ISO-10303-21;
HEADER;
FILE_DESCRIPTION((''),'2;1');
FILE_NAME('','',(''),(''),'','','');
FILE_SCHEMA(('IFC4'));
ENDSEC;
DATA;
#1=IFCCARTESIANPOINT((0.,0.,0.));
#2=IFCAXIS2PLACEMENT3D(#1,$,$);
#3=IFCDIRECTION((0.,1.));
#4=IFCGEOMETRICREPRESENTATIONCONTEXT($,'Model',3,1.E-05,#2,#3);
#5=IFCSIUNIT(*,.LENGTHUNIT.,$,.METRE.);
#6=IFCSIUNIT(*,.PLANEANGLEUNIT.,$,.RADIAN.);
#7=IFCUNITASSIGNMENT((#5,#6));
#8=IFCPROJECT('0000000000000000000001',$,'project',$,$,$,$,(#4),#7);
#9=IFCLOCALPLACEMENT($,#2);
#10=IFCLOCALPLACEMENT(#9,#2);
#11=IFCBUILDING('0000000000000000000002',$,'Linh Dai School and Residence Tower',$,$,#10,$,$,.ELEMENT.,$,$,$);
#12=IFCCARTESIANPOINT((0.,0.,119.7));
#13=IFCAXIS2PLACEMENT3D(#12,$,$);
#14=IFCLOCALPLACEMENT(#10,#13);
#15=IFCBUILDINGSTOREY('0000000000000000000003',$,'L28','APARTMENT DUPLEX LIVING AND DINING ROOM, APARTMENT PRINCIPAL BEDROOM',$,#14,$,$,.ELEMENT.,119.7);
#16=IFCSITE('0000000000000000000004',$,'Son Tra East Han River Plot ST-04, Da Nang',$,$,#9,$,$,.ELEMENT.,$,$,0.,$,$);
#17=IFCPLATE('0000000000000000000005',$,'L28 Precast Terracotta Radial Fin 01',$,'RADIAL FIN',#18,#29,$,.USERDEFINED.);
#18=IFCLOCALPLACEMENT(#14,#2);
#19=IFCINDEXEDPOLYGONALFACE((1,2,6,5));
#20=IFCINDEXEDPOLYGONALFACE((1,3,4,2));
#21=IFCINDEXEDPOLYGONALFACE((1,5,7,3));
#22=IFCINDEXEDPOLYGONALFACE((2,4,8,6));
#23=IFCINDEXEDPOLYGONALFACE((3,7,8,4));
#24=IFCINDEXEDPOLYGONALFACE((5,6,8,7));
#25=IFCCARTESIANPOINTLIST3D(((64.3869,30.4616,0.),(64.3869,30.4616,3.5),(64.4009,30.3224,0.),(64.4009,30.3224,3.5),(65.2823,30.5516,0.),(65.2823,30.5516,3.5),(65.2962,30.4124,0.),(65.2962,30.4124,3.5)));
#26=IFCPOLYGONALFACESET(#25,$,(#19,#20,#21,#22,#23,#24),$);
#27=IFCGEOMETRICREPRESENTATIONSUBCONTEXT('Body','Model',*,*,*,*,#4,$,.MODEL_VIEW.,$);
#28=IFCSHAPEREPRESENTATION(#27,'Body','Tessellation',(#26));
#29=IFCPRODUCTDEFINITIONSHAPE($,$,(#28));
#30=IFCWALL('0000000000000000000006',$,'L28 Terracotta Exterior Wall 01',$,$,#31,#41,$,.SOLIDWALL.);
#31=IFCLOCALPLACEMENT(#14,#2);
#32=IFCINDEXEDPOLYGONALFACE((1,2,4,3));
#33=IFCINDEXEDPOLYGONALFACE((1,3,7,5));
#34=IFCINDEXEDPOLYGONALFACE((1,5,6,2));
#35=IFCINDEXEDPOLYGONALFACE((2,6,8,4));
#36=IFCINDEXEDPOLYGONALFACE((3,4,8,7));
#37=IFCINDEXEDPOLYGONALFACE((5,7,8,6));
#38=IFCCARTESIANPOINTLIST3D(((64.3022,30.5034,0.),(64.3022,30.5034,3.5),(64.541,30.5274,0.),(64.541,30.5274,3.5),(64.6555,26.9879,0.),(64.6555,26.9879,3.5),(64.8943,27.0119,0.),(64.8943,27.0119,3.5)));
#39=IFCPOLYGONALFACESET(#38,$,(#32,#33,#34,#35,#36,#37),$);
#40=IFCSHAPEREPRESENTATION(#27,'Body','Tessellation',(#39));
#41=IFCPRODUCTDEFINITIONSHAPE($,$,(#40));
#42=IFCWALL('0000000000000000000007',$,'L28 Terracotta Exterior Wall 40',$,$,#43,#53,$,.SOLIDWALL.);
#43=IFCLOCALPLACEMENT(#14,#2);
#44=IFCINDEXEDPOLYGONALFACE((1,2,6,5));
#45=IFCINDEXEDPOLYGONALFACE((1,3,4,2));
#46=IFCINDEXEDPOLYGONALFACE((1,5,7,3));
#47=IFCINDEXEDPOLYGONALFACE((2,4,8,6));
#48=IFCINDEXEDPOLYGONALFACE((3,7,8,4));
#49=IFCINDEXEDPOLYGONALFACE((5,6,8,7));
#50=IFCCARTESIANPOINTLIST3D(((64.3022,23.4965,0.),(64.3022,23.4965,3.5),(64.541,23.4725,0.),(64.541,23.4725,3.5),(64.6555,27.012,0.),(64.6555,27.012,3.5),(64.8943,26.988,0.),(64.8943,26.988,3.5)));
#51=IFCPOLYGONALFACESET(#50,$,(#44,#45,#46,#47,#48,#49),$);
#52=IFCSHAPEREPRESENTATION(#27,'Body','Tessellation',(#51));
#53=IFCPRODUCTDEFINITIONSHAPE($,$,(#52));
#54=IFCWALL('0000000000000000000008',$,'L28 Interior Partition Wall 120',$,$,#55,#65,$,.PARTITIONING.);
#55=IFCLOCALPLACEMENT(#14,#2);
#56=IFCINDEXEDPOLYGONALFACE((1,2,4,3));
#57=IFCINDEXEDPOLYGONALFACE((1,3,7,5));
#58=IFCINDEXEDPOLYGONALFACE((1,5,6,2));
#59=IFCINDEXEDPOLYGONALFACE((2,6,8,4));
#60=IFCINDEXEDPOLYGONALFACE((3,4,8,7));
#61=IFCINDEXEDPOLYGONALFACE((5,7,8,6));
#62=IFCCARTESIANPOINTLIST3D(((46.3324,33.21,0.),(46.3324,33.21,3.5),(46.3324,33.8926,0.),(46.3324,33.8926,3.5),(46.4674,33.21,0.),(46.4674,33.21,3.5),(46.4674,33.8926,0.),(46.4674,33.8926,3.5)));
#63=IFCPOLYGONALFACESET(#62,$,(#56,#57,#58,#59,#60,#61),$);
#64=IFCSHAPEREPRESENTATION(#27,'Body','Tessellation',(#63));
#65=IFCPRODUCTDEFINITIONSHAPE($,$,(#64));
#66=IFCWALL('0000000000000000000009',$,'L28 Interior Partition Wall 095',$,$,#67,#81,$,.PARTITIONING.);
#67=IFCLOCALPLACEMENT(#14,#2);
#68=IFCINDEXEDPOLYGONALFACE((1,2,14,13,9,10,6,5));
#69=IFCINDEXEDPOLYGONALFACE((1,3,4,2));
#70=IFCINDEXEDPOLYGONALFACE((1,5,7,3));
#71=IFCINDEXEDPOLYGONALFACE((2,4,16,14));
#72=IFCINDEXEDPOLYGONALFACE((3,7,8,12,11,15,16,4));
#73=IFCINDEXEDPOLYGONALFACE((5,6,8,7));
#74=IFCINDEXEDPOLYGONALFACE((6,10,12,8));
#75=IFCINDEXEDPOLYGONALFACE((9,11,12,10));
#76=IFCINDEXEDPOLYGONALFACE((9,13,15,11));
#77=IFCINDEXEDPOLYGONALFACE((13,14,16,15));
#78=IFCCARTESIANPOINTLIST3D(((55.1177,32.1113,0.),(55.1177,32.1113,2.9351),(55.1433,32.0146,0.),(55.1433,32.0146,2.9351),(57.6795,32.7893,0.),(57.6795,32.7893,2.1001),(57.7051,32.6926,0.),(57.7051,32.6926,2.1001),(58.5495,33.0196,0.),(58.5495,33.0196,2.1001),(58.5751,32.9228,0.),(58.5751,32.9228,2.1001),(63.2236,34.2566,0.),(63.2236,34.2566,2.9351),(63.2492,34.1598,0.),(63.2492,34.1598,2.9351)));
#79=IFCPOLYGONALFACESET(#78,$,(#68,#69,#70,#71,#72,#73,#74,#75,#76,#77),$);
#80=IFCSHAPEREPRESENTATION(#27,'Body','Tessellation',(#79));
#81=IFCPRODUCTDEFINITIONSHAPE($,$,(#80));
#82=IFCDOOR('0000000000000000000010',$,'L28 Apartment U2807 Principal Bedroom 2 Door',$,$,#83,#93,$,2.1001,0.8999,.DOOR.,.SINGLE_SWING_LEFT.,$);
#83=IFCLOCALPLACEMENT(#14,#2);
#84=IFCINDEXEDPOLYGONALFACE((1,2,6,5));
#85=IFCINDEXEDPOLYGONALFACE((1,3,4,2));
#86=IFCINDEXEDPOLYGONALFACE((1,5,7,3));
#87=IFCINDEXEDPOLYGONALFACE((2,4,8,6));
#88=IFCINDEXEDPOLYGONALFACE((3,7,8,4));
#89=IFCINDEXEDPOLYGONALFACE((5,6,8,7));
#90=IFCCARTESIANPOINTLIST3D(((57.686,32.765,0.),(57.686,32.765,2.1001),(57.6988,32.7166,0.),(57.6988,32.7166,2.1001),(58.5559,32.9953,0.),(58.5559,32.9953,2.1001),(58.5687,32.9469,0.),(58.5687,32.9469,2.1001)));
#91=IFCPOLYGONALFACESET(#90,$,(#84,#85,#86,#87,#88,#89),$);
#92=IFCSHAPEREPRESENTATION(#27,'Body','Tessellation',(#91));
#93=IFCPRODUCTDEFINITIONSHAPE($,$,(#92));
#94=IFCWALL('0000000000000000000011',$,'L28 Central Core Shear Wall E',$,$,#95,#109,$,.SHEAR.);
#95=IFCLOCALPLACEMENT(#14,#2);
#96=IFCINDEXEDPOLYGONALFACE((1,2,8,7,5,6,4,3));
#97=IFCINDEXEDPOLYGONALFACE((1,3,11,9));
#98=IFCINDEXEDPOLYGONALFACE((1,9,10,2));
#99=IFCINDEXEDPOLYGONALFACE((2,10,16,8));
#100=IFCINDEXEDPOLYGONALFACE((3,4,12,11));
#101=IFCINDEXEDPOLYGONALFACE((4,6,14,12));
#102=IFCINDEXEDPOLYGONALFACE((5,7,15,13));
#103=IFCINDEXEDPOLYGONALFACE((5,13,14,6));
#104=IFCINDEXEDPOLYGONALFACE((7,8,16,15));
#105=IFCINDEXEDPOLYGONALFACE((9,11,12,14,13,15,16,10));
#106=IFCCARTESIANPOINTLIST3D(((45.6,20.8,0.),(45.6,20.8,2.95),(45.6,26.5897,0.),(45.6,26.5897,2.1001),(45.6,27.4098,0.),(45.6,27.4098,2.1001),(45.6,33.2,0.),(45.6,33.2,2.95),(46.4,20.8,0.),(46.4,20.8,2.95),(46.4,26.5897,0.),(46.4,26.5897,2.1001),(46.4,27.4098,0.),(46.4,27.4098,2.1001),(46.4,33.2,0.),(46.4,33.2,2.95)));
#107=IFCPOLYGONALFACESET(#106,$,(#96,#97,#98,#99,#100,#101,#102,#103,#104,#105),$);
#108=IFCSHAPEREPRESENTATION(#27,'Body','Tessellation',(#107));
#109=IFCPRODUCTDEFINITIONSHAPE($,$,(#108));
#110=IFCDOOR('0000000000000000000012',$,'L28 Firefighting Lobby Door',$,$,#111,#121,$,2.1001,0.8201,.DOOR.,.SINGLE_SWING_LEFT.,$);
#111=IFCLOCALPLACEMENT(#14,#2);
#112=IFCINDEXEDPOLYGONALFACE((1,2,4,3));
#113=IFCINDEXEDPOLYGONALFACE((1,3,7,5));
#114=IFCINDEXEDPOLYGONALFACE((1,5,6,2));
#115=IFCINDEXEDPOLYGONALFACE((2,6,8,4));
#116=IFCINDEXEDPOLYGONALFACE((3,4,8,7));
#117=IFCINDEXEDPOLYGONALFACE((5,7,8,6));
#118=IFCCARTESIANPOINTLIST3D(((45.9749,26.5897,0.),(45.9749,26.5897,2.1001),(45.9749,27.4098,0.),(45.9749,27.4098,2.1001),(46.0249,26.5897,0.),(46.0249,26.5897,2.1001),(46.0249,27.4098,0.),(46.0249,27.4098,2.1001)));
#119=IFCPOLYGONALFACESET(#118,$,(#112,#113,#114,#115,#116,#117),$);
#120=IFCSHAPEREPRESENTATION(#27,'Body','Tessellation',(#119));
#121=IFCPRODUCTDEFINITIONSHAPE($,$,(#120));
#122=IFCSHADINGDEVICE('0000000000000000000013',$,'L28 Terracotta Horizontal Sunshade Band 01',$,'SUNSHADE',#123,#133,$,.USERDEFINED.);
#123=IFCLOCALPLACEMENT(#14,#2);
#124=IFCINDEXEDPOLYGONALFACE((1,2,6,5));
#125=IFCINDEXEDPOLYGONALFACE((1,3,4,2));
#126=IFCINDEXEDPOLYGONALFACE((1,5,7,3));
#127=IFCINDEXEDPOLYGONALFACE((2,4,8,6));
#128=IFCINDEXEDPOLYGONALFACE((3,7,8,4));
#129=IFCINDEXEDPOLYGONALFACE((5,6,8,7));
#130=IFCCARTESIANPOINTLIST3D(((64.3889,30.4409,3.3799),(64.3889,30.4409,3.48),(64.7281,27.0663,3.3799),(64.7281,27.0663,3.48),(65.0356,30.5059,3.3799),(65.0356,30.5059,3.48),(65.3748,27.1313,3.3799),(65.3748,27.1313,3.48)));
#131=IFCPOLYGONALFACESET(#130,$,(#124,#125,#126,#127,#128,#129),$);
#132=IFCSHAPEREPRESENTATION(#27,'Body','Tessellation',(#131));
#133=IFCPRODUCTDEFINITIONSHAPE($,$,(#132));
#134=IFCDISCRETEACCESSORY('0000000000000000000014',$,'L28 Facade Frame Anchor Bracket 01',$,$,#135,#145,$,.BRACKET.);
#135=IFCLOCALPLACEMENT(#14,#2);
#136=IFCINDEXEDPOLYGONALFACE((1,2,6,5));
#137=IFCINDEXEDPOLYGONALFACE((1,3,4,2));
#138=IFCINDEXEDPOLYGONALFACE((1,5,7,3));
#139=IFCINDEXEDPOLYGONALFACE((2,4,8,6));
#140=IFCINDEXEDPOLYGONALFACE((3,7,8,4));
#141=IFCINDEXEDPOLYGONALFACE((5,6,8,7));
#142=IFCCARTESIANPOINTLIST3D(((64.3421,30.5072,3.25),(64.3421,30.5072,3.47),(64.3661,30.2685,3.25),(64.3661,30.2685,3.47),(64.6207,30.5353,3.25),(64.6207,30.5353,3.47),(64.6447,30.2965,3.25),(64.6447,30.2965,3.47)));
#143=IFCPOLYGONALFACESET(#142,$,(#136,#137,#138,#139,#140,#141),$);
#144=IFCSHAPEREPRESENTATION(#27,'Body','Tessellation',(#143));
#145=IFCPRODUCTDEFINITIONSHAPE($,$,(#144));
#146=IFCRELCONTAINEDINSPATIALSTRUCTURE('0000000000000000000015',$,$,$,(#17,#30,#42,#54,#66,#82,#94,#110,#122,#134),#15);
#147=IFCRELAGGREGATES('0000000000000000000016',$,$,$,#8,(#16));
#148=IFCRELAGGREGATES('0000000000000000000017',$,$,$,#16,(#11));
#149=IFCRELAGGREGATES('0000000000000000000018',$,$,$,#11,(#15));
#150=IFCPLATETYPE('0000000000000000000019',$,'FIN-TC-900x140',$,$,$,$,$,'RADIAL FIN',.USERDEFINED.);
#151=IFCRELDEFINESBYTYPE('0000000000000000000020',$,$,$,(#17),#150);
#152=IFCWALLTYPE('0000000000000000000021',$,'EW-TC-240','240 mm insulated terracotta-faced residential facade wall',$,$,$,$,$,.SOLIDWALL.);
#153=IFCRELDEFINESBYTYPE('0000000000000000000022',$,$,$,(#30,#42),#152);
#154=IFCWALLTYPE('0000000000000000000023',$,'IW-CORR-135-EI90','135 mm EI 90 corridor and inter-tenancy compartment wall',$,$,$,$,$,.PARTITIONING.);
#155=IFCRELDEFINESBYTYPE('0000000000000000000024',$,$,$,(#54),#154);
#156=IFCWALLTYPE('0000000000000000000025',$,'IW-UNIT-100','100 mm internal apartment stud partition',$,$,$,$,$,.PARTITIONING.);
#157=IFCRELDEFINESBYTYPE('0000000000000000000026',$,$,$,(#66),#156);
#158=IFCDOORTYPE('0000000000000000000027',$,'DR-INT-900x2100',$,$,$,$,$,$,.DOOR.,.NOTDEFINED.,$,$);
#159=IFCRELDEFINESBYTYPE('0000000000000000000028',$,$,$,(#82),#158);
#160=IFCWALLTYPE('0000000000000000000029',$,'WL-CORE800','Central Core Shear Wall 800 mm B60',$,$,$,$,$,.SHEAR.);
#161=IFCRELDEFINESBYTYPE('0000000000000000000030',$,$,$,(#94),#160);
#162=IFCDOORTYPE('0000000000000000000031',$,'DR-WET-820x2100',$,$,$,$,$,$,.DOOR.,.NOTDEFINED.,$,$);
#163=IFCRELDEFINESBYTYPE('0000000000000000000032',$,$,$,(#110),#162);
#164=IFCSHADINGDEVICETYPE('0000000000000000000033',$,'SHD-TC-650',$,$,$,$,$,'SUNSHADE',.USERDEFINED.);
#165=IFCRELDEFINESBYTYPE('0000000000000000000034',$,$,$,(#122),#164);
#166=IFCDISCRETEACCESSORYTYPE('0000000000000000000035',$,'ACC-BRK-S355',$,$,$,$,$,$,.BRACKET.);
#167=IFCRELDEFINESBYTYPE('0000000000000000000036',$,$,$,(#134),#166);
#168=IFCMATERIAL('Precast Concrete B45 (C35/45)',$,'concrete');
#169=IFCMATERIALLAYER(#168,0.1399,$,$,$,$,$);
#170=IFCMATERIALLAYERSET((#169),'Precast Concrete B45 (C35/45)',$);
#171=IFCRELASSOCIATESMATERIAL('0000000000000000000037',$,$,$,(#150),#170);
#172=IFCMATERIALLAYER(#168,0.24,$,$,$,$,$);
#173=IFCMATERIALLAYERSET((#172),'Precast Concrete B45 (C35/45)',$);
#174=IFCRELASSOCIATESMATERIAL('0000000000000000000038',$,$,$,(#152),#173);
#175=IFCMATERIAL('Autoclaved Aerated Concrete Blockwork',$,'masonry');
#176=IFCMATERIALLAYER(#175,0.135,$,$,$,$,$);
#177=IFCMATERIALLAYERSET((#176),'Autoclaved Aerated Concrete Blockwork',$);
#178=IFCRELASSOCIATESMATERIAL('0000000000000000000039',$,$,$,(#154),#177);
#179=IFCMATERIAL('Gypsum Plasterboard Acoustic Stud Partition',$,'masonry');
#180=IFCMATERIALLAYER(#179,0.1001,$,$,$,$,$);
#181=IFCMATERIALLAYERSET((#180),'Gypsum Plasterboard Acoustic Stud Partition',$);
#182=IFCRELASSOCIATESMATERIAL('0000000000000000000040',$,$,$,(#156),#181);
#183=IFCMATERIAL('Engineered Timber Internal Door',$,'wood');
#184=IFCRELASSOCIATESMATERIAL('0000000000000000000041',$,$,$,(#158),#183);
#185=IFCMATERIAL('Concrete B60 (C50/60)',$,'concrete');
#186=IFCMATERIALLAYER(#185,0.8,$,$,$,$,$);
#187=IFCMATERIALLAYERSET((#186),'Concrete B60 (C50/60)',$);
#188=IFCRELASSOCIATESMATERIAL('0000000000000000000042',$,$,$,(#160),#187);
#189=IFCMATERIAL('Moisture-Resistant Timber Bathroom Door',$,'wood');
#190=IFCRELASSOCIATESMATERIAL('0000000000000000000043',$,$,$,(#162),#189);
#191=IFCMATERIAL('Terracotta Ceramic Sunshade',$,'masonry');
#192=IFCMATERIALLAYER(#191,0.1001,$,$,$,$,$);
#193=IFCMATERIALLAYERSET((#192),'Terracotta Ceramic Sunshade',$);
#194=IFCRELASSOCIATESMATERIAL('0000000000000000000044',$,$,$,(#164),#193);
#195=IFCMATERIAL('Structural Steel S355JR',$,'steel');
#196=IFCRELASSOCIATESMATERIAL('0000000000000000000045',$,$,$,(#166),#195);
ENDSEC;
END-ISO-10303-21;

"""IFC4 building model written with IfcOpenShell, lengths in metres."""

from ifc_helpers import new_model, si_unit, direction, frame, frame_2d, origin, origin_2d, place, context, subcontext, project, spatial, rectangle, extrude, source, transform, mapped, material, layer, layer_set, type_object, element, fill, save


model = new_model("IFC4")

# Units and contexts
model_context = context("Model", 3, precision=1e-05, world=origin(), true_north=direction((0.0, 1.0)))
body_context = subcontext(model_context, "Body", "Model", "MODEL_VIEW")
ifc_project = project(units=[si_unit("LENGTHUNIT", "METRE"), si_unit("PLANEANGLEUNIT", "RADIAN")], contexts=[model_context])

# Site, building, storey
site_placement = place(None, origin())
site = spatial("IfcSite", under=ifc_project, at=site_placement, Name="Son Tra East Han River Plot ST-04, Da Nang", CompositionType="ELEMENT", RefElevation=0.0)
building_placement = place(site_placement, origin())
building = spatial("IfcBuilding", under=site, at=building_placement, Name="Linh Dai School and Residence Tower", CompositionType="ELEMENT")
storey_placement = place(building_placement, frame((0.0, 0.0, 119.7)))
storey = spatial("IfcBuildingStorey", under=building, at=storey_placement, Name="L28", Description="APARTMENT DUPLEX LIVING AND DINING ROOM, APARTMENT PRINCIPAL BEDROOM", CompositionType="ELEMENT", Elevation=119.7)

# Shared definitions
ifc_material_1 = material(Name="Concrete B60 (C50/60)", Category="concrete")
ifc_material_2 = material(Name="Structural Steel S355JR", Category="steel")

# Plate
ifc_material_3 = material(Name="Precast Concrete B45 (C35/45)", Category="concrete")
ifc_layer_1 = layer(ifc_material_3, 0.1399)
ifc_layer_set_1 = layer_set([ifc_layer_1], Name="Precast Concrete B45 (C35/45)")
plate_type = type_object("IfcPlateType", Name="FIN-TC-900x140", ElementType="RADIAL FIN", PredefinedType="USERDEFINED", material=ifc_layer_set_1)
shared_shape_1 = source(origin(), body_context, "Body", "SweptSolid", [
    extrude(rectangle(XDim=0.8999, YDim=0.1399, at=origin_2d()), origin(), (0.0, 0.0, 1.0), 3.5),
])
plate_placement = place(storey_placement, frame((64.8416, 30.437, 0.0), z_axis=(0.0, 0.0, 1.0), x_axis=(0.994987, 0.100007, 0.0)))
element("IfcPlate", 1, at=plate_placement, inside=storey, type_object=plate_type, Name="L28 Precast Terracotta Radial Fin 01", ObjectType="RADIAL FIN", PredefinedType="USERDEFINED", context=body_context, shape_type="MappedRepresentation", body=[
    mapped(shared_shape_1, transform((0.0, 0.0, 0.0), x_axis=(1.0, 0.0, 0.0), y_axis=(0.0, 1.0, 0.0), z_axis=(0.0, 0.0, 1.0), scale=1.0)),
])

# Walls
ifc_layer_2 = layer(ifc_material_3, 0.24)
ifc_layer_set_2 = layer_set([ifc_layer_2], Name="Precast Concrete B45 (C35/45)")
wall_type_1 = type_object("IfcWallType", Name="EW-TC-240", Description="240 mm insulated terracotta-faced residential facade wall", PredefinedType="SOLIDWALL", material=ifc_layer_set_2)
for number, where, z_axis, x_axis, name in (
    (2, (64.4216, 30.5154, 0.0), (0.0, 0.0, 1.0), (0.099989, -0.994988, 0.0), "L28 Terracotta Exterior Wall 01"),
    (3, (64.7749, 27.0, 0.0), (0.0, 0.0, 1.0), (-0.099989, -0.994988, 0.0), "L28 Terracotta Exterior Wall 40"),
):
    element("IfcWall", number, at=place(storey_placement, frame(where, z_axis=z_axis, x_axis=x_axis)), inside=storey, type_object=wall_type_1, Name=name, PredefinedType="SOLIDWALL", context=body_context, shape_type="SweptSolid", body=[
        extrude(rectangle(XDim=3.5332, YDim=0.24, at=frame_2d((1.7666, 0.0))), origin(), (0.0, 0.0, 1.0), 3.5),
    ])
ifc_material_4 = material(Name="Autoclaved Aerated Concrete Blockwork", Category="masonry")
ifc_layer_3 = layer(ifc_material_4, 0.135)
ifc_layer_set_3 = layer_set([ifc_layer_3], Name="Autoclaved Aerated Concrete Blockwork")
wall_type_2 = type_object("IfcWallType", Name="IW-CORR-135-EI90", Description="135 mm EI 90 corridor and inter-tenancy compartment wall", PredefinedType="PARTITIONING", material=ifc_layer_set_3)
wall_1_placement = place(storey_placement, frame((46.3999, 33.21, 0.0), z_axis=(0.0, 0.0, 1.0), x_axis=(0.0, 1.0, 0.0)))
element("IfcWall", 4, at=wall_1_placement, inside=storey, type_object=wall_type_2, Name="L28 Interior Partition Wall 120", PredefinedType="PARTITIONING", context=body_context, shape_type="SweptSolid", body=[
    extrude(rectangle(XDim=0.6826, YDim=0.135, at=frame_2d((0.3413, 0.0))), origin(), (0.0, 0.0, 1.0), 3.5),
])

# Walls, openings, doors
ifc_material_5 = material(Name="Gypsum Plasterboard Acoustic Stud Partition", Category="masonry")
ifc_layer_4 = layer(ifc_material_5, 0.1001)
ifc_layer_set_4 = layer_set([ifc_layer_4], Name="Gypsum Plasterboard Acoustic Stud Partition")
wall_type_3 = type_object("IfcWallType", Name="IW-UNIT-100", Description="100 mm internal apartment stud partition", PredefinedType="PARTITIONING", material=ifc_layer_set_4)
wall_2_placement = place(storey_placement, frame((55.1306, 32.063, 0.0), z_axis=(0.0, 0.0, 1.0), x_axis=(0.966718, 0.255845, 0.0)))
wall_2 = element("IfcWall", 5, at=wall_2_placement, inside=storey, type_object=wall_type_3, Name="L28 Interior Partition Wall 095", PredefinedType="PARTITIONING", context=body_context, shape_type="SweptSolid", body=[
    extrude(rectangle(XDim=8.385, YDim=0.1001, at=frame_2d((4.1924, 0.0))), origin(), (0.0, 0.0, 1.0), 2.9351),
])
opening_1_placement = place(wall_2_placement, frame((2.6499, 0.0, 0.0)))
opening_1 = element("IfcOpeningElement", 6, at=opening_1_placement, cuts=wall_2, PredefinedType="OPENING", context=body_context, shape_type="SweptSolid", body=[
    extrude(rectangle(XDim=0.8999, YDim=2.1001, at=origin_2d()), frame((0.45, 0.0601, 1.05), z_axis=(0.0, -1.0, 0.0), x_axis=(1.0, 0.0, 0.0)), (0.0, 0.0, 1.0), 0.1201),
])
ifc_material_6 = material(Name="Engineered Timber Internal Door", Category="wood")
door_type_1 = type_object("IfcDoorType", Name="DR-INT-900x2100", OperationType="NOTDEFINED", PredefinedType="DOOR", material=ifc_material_6)
shared_shape_2 = source(origin(), body_context, "Body", "SweptSolid", [
    extrude(rectangle(XDim=0.8999, YDim=2.1001, at=origin_2d()), frame((0.45, 0.0249, 1.05), z_axis=(0.0, -1.0, 0.0), x_axis=(1.0, 0.0, 0.0)), (0.0, 0.0, 1.0), 0.05),
])
door_1_placement = place(opening_1_placement, origin())
door_1 = element("IfcDoor", 7, at=door_1_placement, inside=storey, type_object=door_type_1, Name="L28 Apartment U2807 Principal Bedroom 2 Door", OperationType="SINGLE_SWING_LEFT", OverallHeight=2.1001, OverallWidth=0.8999, PredefinedType="DOOR", context=body_context, shape_type="MappedRepresentation", body=[
    mapped(shared_shape_2, transform((0.0, 0.0, 0.0), x_axis=(1.0, 0.0, 0.0), y_axis=(0.0, 1.0, 0.0), z_axis=(0.0, 0.0, 1.0), scale=1.0)),
])
fill(opening_1, door_1)
ifc_layer_5 = layer(ifc_material_1, 0.8)
ifc_layer_set_5 = layer_set([ifc_layer_5], Name="Concrete B60 (C50/60)")
wall_type_4 = type_object("IfcWallType", Name="WL-CORE800", Description="Central Core Shear Wall 800 mm B60", PredefinedType="SHEAR", material=ifc_layer_set_5)
wall_3_placement = place(storey_placement, frame((46.0, 33.2, 0.0), z_axis=(0.0, 0.0, 1.0), x_axis=(0.0, -1.0, 0.0)))
wall_3 = element("IfcWall", 8, at=wall_3_placement, inside=storey, type_object=wall_type_4, Name="L28 Central Core Shear Wall E", PredefinedType="SHEAR", context=body_context, shape_type="SweptSolid", body=[
    extrude(rectangle(XDim=12.3999, YDim=0.8, at=frame_2d((6.2, 0.0))), origin(), (0.0, 0.0, 1.0), 2.95),
])
opening_2_placement = place(wall_3_placement, frame((5.79, 0.0, 0.0)))
opening_2 = element("IfcOpeningElement", 9, at=opening_2_placement, cuts=wall_3, PredefinedType="OPENING", context=body_context, shape_type="SweptSolid", body=[
    extrude(rectangle(XDim=0.8201, YDim=2.1001, at=origin_2d()), frame((0.4102, 0.4102, 1.05), z_axis=(0.0, -1.0, 0.0), x_axis=(1.0, 0.0, 0.0)), (0.0, 0.0, 1.0), 0.8201),
])
ifc_material_7 = material(Name="Moisture-Resistant Timber Bathroom Door", Category="wood")
door_type_2 = type_object("IfcDoorType", Name="DR-WET-820x2100", OperationType="NOTDEFINED", PredefinedType="DOOR", material=ifc_material_7)
shared_shape_3 = source(origin(), body_context, "Body", "SweptSolid", [
    extrude(rectangle(XDim=0.8201, YDim=2.1001, at=origin_2d()), frame((0.4102, 0.0249, 1.05), z_axis=(0.0, -1.0, 0.0), x_axis=(1.0, 0.0, 0.0)), (0.0, 0.0, 1.0), 0.05),
])
door_2_placement = place(opening_2_placement, origin())
door_2 = element("IfcDoor", 10, at=door_2_placement, inside=storey, type_object=door_type_2, Name="L28 Firefighting Lobby Door", OperationType="SINGLE_SWING_LEFT", OverallHeight=2.1001, OverallWidth=0.8201, PredefinedType="DOOR", context=body_context, shape_type="MappedRepresentation", body=[
    mapped(shared_shape_3, transform((0.0, 0.0, 0.0), x_axis=(1.0, 0.0, 0.0), y_axis=(0.0, 1.0, 0.0), z_axis=(0.0, 0.0, 1.0), scale=1.0)),
])
fill(opening_2, door_2)

# Shading device
ifc_material_8 = material(Name="Terracotta Ceramic Sunshade", Category="masonry")
ifc_layer_6 = layer(ifc_material_8, 0.1001)
ifc_layer_set_6 = layer_set([ifc_layer_6], Name="Terracotta Ceramic Sunshade")
shading_device_type = type_object("IfcShadingDeviceType", Name="SHD-TC-650", ElementType="SUNSHADE", PredefinedType="USERDEFINED", material=ifc_layer_set_6)
shared_shape_4 = source(origin(), body_context, "Body", "SweptSolid", [
    extrude(rectangle(XDim=3.3916, YDim=0.6499, at=origin_2d()), origin(), (0.0, 0.0, 1.0), 0.1001),
])
shading_device_placement = place(storey_placement, frame((64.8818, 28.7861, 3.3799), z_axis=(0.0, 0.0, 1.0), x_axis=(0.100007, -0.994987, 0.0)))
element("IfcShadingDevice", 11, at=shading_device_placement, inside=storey, type_object=shading_device_type, Name="L28 Terracotta Horizontal Sunshade Band 01", ObjectType="SUNSHADE", PredefinedType="USERDEFINED", context=body_context, shape_type="MappedRepresentation", body=[
    mapped(shared_shape_4, transform((0.0, 0.0, 0.0), x_axis=(1.0, 0.0, 0.0), y_axis=(0.0, 1.0, 0.0), z_axis=(0.0, 0.0, 1.0), scale=1.0)),
])

# Discrete accessory
discrete_accessory_type = type_object("IfcDiscreteAccessoryType", Name="ACC-BRK-S355", PredefinedType="BRACKET", material=ifc_material_2)
shared_shape_5 = source(origin(), body_context, "Body", "SweptSolid", [
    extrude(rectangle(XDim=0.28, YDim=0.24, at=origin_2d()), origin(), (0.0, 0.0, 1.0), 0.22),
])
discrete_accessory_placement = place(storey_placement, frame((64.4934, 30.4019, 3.25), z_axis=(0.0, 0.0, 1.0), x_axis=(0.994987, 0.100007, 0.0)))
element("IfcDiscreteAccessory", 12, at=discrete_accessory_placement, inside=storey, type_object=discrete_accessory_type, Name="L28 Facade Frame Anchor Bracket 01", PredefinedType="BRACKET", context=body_context, shape_type="MappedRepresentation", body=[
    mapped(shared_shape_5, transform((0.0, 0.0, 0.0), x_axis=(1.0, 0.0, 0.0), y_axis=(0.0, 1.0, 0.0), z_axis=(0.0, 0.0, 1.0), scale=1.0)),
])

save(model, "model.ifc")
